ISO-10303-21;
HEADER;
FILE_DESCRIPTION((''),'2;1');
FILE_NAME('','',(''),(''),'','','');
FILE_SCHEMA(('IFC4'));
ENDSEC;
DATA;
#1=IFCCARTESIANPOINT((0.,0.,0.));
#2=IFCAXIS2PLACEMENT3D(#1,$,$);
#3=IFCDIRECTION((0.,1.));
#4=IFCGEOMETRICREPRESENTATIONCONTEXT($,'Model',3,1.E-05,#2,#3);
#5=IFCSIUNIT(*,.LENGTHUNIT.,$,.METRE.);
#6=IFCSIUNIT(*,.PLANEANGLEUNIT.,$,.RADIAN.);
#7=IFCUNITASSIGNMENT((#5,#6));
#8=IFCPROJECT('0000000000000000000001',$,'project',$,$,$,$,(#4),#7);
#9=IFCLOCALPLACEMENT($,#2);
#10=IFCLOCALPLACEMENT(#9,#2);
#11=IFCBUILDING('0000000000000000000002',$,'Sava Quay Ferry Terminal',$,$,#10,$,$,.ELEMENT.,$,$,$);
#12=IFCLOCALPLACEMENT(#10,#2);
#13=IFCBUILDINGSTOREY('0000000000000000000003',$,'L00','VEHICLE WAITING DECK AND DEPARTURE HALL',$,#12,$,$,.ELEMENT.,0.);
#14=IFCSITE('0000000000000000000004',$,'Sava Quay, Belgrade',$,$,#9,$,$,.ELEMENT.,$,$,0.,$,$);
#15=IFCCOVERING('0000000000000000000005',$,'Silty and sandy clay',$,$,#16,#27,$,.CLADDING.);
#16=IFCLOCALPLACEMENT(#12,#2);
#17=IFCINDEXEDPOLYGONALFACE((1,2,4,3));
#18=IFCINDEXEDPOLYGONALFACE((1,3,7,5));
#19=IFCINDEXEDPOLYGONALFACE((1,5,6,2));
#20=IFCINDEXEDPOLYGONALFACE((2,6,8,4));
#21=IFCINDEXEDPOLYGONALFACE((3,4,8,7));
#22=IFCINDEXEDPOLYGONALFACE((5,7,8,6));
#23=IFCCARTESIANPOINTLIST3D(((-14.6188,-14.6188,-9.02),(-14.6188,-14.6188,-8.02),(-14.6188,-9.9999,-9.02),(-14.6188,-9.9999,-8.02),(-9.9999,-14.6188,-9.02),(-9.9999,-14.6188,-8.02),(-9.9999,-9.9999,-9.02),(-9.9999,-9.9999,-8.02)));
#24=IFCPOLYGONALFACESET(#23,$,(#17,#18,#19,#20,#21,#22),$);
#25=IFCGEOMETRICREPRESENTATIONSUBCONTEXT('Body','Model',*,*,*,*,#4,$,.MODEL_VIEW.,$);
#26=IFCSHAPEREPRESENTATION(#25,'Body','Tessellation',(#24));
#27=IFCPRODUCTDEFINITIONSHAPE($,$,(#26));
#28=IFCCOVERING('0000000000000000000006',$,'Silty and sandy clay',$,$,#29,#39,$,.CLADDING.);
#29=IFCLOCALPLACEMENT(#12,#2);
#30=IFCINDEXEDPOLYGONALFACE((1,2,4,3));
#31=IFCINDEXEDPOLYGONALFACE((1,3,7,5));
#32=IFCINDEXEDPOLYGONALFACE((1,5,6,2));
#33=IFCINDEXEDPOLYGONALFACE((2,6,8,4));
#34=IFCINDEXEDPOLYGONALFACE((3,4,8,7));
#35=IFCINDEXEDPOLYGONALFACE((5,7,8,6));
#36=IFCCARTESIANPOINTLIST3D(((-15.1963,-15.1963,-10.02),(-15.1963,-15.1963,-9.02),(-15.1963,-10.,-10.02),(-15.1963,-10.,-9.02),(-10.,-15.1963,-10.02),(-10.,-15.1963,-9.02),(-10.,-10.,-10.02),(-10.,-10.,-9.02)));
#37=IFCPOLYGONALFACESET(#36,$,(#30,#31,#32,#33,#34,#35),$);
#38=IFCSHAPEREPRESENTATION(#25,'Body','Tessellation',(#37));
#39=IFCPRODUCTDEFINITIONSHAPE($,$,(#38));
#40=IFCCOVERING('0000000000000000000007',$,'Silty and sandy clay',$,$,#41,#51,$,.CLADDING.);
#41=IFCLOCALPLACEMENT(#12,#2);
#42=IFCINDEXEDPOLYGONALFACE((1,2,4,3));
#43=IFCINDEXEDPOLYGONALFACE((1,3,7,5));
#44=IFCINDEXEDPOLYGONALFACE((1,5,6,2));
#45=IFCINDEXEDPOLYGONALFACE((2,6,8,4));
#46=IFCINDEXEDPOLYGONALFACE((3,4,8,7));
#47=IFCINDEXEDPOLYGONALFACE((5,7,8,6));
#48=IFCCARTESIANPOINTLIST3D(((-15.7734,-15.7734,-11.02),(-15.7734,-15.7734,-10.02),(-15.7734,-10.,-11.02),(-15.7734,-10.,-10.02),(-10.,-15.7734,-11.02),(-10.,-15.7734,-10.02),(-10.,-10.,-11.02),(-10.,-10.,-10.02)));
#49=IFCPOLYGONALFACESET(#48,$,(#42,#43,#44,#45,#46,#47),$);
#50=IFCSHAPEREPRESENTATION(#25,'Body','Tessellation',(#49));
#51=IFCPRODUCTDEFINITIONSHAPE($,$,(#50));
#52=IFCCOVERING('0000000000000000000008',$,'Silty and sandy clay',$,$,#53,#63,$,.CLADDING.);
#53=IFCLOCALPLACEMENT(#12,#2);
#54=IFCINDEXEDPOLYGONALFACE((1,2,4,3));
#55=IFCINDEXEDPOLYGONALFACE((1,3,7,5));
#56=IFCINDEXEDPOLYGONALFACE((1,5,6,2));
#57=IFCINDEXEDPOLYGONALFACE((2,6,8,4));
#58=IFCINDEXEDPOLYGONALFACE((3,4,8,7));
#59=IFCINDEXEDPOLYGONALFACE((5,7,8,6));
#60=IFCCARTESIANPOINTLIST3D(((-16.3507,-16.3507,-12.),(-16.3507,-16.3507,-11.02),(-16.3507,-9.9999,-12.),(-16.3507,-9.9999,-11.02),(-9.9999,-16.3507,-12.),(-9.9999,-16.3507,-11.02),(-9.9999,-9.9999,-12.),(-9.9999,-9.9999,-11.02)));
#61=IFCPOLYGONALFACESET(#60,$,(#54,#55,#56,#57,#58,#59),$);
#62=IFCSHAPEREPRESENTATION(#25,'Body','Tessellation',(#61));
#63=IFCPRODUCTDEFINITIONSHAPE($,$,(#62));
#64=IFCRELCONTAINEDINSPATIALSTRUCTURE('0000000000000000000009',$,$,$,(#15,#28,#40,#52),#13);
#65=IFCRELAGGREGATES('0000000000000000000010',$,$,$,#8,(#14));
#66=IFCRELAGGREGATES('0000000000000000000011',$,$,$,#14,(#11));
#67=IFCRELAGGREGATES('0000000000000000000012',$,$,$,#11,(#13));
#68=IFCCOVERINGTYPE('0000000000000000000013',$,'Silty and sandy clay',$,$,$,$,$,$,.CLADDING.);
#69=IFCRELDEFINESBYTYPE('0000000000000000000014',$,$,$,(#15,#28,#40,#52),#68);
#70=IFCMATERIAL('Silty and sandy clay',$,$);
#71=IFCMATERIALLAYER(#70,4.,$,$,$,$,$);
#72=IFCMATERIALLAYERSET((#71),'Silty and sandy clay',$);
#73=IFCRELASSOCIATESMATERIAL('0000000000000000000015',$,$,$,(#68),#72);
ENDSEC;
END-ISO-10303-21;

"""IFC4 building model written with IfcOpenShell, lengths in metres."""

from ifc_helpers import new_model, si_unit, direction, frame, origin, origin_2d, place, context, subcontext, project, spatial, rectangle, extrude, material, layer, layer_set, type_object, element, save


model = new_model("IFC4")

# Units and contexts
model_context = context("Model", 3, precision=1e-05, world=origin(), true_north=direction((0.0, 1.0)))
body_context = subcontext(model_context, "Body", "Model", "MODEL_VIEW")
ifc_project = project(units=[si_unit("LENGTHUNIT", "METRE"), si_unit("PLANEANGLEUNIT", "RADIAN")], contexts=[model_context])

# Site, building, storey
site_placement = place(None, origin())
site = spatial("IfcSite", under=ifc_project, at=site_placement, Name="Sava Quay, Belgrade", CompositionType="ELEMENT", RefElevation=0.0)
building_placement = place(site_placement, origin())
building = spatial("IfcBuilding", under=site, at=building_placement, Name="Sava Quay Ferry Terminal", CompositionType="ELEMENT")
storey_placement = place(building_placement, origin())
storey = spatial("IfcBuildingStorey", under=building, at=storey_placement, Name="L00", Description="VEHICLE WAITING DECK AND DEPARTURE HALL", CompositionType="ELEMENT", Elevation=0.0)

# Coverings
ifc_material_1 = material(Name="Silty and sandy clay")
ifc_layer_1 = layer(ifc_material_1, 4.0)
ifc_layer_set_1 = layer_set([ifc_layer_1], Name="Silty and sandy clay")
covering_type_1 = type_object("IfcCoveringType", Name="Silty and sandy clay", PredefinedType="CLADDING", material=ifc_layer_set_1)
covering_1_placement = place(storey_placement, frame((-12.3093, -12.3093, -9.02), z_axis=(0.0, 0.0, 1.0), x_axis=(1.0, 0.0, 0.0)))
element("IfcCovering", 1, at=covering_1_placement, inside=storey, type_object=covering_type_1, Name="Silty and sandy clay", PredefinedType="CLADDING", context=body_context, shape_type="SweptSolid", body=[
    extrude(rectangle(XDim=4.6189, YDim=4.6189, at=origin_2d()), origin(), (0.0, 0.0, 1.0), 1.0),
])
covering_2_placement = place(storey_placement, frame((-12.5981, -12.5981, -10.02), z_axis=(0.0, 0.0, 1.0), x_axis=(1.0, 0.0, 0.0)))
element("IfcCovering", 2, at=covering_2_placement, inside=storey, type_object=covering_type_1, Name="Silty and sandy clay", PredefinedType="CLADDING", context=body_context, shape_type="SweptSolid", body=[
    extrude(rectangle(XDim=5.1963, YDim=5.1963, at=origin_2d()), origin(), (0.0, 0.0, 1.0), 1.0),
])
covering_3_placement = place(storey_placement, frame((-12.8867, -12.8867, -11.02), z_axis=(0.0, 0.0, 1.0), x_axis=(1.0, 0.0, 0.0)))
element("IfcCovering", 3, at=covering_3_placement, inside=storey, type_object=covering_type_1, Name="Silty and sandy clay", PredefinedType="CLADDING", context=body_context, shape_type="SweptSolid", body=[
    extrude(rectangle(XDim=5.7734, YDim=5.7734, at=origin_2d()), origin(), (0.0, 0.0, 1.0), 1.0),
])
covering_4_placement = place(storey_placement, frame((-13.1753, -13.1753, -12.0), z_axis=(0.0, 0.0, 1.0), x_axis=(1.0, 0.0, 0.0)))
element("IfcCovering", 4, at=covering_4_placement, inside=storey, type_object=covering_type_1, Name="Silty and sandy clay", PredefinedType="CLADDING", context=body_context, shape_type="SweptSolid", body=[
    extrude(rectangle(XDim=6.3508, YDim=6.3508, at=origin_2d()), origin(), (0.0, 0.0, 1.0), 0.98),
])

save(model, "model.ifc")
